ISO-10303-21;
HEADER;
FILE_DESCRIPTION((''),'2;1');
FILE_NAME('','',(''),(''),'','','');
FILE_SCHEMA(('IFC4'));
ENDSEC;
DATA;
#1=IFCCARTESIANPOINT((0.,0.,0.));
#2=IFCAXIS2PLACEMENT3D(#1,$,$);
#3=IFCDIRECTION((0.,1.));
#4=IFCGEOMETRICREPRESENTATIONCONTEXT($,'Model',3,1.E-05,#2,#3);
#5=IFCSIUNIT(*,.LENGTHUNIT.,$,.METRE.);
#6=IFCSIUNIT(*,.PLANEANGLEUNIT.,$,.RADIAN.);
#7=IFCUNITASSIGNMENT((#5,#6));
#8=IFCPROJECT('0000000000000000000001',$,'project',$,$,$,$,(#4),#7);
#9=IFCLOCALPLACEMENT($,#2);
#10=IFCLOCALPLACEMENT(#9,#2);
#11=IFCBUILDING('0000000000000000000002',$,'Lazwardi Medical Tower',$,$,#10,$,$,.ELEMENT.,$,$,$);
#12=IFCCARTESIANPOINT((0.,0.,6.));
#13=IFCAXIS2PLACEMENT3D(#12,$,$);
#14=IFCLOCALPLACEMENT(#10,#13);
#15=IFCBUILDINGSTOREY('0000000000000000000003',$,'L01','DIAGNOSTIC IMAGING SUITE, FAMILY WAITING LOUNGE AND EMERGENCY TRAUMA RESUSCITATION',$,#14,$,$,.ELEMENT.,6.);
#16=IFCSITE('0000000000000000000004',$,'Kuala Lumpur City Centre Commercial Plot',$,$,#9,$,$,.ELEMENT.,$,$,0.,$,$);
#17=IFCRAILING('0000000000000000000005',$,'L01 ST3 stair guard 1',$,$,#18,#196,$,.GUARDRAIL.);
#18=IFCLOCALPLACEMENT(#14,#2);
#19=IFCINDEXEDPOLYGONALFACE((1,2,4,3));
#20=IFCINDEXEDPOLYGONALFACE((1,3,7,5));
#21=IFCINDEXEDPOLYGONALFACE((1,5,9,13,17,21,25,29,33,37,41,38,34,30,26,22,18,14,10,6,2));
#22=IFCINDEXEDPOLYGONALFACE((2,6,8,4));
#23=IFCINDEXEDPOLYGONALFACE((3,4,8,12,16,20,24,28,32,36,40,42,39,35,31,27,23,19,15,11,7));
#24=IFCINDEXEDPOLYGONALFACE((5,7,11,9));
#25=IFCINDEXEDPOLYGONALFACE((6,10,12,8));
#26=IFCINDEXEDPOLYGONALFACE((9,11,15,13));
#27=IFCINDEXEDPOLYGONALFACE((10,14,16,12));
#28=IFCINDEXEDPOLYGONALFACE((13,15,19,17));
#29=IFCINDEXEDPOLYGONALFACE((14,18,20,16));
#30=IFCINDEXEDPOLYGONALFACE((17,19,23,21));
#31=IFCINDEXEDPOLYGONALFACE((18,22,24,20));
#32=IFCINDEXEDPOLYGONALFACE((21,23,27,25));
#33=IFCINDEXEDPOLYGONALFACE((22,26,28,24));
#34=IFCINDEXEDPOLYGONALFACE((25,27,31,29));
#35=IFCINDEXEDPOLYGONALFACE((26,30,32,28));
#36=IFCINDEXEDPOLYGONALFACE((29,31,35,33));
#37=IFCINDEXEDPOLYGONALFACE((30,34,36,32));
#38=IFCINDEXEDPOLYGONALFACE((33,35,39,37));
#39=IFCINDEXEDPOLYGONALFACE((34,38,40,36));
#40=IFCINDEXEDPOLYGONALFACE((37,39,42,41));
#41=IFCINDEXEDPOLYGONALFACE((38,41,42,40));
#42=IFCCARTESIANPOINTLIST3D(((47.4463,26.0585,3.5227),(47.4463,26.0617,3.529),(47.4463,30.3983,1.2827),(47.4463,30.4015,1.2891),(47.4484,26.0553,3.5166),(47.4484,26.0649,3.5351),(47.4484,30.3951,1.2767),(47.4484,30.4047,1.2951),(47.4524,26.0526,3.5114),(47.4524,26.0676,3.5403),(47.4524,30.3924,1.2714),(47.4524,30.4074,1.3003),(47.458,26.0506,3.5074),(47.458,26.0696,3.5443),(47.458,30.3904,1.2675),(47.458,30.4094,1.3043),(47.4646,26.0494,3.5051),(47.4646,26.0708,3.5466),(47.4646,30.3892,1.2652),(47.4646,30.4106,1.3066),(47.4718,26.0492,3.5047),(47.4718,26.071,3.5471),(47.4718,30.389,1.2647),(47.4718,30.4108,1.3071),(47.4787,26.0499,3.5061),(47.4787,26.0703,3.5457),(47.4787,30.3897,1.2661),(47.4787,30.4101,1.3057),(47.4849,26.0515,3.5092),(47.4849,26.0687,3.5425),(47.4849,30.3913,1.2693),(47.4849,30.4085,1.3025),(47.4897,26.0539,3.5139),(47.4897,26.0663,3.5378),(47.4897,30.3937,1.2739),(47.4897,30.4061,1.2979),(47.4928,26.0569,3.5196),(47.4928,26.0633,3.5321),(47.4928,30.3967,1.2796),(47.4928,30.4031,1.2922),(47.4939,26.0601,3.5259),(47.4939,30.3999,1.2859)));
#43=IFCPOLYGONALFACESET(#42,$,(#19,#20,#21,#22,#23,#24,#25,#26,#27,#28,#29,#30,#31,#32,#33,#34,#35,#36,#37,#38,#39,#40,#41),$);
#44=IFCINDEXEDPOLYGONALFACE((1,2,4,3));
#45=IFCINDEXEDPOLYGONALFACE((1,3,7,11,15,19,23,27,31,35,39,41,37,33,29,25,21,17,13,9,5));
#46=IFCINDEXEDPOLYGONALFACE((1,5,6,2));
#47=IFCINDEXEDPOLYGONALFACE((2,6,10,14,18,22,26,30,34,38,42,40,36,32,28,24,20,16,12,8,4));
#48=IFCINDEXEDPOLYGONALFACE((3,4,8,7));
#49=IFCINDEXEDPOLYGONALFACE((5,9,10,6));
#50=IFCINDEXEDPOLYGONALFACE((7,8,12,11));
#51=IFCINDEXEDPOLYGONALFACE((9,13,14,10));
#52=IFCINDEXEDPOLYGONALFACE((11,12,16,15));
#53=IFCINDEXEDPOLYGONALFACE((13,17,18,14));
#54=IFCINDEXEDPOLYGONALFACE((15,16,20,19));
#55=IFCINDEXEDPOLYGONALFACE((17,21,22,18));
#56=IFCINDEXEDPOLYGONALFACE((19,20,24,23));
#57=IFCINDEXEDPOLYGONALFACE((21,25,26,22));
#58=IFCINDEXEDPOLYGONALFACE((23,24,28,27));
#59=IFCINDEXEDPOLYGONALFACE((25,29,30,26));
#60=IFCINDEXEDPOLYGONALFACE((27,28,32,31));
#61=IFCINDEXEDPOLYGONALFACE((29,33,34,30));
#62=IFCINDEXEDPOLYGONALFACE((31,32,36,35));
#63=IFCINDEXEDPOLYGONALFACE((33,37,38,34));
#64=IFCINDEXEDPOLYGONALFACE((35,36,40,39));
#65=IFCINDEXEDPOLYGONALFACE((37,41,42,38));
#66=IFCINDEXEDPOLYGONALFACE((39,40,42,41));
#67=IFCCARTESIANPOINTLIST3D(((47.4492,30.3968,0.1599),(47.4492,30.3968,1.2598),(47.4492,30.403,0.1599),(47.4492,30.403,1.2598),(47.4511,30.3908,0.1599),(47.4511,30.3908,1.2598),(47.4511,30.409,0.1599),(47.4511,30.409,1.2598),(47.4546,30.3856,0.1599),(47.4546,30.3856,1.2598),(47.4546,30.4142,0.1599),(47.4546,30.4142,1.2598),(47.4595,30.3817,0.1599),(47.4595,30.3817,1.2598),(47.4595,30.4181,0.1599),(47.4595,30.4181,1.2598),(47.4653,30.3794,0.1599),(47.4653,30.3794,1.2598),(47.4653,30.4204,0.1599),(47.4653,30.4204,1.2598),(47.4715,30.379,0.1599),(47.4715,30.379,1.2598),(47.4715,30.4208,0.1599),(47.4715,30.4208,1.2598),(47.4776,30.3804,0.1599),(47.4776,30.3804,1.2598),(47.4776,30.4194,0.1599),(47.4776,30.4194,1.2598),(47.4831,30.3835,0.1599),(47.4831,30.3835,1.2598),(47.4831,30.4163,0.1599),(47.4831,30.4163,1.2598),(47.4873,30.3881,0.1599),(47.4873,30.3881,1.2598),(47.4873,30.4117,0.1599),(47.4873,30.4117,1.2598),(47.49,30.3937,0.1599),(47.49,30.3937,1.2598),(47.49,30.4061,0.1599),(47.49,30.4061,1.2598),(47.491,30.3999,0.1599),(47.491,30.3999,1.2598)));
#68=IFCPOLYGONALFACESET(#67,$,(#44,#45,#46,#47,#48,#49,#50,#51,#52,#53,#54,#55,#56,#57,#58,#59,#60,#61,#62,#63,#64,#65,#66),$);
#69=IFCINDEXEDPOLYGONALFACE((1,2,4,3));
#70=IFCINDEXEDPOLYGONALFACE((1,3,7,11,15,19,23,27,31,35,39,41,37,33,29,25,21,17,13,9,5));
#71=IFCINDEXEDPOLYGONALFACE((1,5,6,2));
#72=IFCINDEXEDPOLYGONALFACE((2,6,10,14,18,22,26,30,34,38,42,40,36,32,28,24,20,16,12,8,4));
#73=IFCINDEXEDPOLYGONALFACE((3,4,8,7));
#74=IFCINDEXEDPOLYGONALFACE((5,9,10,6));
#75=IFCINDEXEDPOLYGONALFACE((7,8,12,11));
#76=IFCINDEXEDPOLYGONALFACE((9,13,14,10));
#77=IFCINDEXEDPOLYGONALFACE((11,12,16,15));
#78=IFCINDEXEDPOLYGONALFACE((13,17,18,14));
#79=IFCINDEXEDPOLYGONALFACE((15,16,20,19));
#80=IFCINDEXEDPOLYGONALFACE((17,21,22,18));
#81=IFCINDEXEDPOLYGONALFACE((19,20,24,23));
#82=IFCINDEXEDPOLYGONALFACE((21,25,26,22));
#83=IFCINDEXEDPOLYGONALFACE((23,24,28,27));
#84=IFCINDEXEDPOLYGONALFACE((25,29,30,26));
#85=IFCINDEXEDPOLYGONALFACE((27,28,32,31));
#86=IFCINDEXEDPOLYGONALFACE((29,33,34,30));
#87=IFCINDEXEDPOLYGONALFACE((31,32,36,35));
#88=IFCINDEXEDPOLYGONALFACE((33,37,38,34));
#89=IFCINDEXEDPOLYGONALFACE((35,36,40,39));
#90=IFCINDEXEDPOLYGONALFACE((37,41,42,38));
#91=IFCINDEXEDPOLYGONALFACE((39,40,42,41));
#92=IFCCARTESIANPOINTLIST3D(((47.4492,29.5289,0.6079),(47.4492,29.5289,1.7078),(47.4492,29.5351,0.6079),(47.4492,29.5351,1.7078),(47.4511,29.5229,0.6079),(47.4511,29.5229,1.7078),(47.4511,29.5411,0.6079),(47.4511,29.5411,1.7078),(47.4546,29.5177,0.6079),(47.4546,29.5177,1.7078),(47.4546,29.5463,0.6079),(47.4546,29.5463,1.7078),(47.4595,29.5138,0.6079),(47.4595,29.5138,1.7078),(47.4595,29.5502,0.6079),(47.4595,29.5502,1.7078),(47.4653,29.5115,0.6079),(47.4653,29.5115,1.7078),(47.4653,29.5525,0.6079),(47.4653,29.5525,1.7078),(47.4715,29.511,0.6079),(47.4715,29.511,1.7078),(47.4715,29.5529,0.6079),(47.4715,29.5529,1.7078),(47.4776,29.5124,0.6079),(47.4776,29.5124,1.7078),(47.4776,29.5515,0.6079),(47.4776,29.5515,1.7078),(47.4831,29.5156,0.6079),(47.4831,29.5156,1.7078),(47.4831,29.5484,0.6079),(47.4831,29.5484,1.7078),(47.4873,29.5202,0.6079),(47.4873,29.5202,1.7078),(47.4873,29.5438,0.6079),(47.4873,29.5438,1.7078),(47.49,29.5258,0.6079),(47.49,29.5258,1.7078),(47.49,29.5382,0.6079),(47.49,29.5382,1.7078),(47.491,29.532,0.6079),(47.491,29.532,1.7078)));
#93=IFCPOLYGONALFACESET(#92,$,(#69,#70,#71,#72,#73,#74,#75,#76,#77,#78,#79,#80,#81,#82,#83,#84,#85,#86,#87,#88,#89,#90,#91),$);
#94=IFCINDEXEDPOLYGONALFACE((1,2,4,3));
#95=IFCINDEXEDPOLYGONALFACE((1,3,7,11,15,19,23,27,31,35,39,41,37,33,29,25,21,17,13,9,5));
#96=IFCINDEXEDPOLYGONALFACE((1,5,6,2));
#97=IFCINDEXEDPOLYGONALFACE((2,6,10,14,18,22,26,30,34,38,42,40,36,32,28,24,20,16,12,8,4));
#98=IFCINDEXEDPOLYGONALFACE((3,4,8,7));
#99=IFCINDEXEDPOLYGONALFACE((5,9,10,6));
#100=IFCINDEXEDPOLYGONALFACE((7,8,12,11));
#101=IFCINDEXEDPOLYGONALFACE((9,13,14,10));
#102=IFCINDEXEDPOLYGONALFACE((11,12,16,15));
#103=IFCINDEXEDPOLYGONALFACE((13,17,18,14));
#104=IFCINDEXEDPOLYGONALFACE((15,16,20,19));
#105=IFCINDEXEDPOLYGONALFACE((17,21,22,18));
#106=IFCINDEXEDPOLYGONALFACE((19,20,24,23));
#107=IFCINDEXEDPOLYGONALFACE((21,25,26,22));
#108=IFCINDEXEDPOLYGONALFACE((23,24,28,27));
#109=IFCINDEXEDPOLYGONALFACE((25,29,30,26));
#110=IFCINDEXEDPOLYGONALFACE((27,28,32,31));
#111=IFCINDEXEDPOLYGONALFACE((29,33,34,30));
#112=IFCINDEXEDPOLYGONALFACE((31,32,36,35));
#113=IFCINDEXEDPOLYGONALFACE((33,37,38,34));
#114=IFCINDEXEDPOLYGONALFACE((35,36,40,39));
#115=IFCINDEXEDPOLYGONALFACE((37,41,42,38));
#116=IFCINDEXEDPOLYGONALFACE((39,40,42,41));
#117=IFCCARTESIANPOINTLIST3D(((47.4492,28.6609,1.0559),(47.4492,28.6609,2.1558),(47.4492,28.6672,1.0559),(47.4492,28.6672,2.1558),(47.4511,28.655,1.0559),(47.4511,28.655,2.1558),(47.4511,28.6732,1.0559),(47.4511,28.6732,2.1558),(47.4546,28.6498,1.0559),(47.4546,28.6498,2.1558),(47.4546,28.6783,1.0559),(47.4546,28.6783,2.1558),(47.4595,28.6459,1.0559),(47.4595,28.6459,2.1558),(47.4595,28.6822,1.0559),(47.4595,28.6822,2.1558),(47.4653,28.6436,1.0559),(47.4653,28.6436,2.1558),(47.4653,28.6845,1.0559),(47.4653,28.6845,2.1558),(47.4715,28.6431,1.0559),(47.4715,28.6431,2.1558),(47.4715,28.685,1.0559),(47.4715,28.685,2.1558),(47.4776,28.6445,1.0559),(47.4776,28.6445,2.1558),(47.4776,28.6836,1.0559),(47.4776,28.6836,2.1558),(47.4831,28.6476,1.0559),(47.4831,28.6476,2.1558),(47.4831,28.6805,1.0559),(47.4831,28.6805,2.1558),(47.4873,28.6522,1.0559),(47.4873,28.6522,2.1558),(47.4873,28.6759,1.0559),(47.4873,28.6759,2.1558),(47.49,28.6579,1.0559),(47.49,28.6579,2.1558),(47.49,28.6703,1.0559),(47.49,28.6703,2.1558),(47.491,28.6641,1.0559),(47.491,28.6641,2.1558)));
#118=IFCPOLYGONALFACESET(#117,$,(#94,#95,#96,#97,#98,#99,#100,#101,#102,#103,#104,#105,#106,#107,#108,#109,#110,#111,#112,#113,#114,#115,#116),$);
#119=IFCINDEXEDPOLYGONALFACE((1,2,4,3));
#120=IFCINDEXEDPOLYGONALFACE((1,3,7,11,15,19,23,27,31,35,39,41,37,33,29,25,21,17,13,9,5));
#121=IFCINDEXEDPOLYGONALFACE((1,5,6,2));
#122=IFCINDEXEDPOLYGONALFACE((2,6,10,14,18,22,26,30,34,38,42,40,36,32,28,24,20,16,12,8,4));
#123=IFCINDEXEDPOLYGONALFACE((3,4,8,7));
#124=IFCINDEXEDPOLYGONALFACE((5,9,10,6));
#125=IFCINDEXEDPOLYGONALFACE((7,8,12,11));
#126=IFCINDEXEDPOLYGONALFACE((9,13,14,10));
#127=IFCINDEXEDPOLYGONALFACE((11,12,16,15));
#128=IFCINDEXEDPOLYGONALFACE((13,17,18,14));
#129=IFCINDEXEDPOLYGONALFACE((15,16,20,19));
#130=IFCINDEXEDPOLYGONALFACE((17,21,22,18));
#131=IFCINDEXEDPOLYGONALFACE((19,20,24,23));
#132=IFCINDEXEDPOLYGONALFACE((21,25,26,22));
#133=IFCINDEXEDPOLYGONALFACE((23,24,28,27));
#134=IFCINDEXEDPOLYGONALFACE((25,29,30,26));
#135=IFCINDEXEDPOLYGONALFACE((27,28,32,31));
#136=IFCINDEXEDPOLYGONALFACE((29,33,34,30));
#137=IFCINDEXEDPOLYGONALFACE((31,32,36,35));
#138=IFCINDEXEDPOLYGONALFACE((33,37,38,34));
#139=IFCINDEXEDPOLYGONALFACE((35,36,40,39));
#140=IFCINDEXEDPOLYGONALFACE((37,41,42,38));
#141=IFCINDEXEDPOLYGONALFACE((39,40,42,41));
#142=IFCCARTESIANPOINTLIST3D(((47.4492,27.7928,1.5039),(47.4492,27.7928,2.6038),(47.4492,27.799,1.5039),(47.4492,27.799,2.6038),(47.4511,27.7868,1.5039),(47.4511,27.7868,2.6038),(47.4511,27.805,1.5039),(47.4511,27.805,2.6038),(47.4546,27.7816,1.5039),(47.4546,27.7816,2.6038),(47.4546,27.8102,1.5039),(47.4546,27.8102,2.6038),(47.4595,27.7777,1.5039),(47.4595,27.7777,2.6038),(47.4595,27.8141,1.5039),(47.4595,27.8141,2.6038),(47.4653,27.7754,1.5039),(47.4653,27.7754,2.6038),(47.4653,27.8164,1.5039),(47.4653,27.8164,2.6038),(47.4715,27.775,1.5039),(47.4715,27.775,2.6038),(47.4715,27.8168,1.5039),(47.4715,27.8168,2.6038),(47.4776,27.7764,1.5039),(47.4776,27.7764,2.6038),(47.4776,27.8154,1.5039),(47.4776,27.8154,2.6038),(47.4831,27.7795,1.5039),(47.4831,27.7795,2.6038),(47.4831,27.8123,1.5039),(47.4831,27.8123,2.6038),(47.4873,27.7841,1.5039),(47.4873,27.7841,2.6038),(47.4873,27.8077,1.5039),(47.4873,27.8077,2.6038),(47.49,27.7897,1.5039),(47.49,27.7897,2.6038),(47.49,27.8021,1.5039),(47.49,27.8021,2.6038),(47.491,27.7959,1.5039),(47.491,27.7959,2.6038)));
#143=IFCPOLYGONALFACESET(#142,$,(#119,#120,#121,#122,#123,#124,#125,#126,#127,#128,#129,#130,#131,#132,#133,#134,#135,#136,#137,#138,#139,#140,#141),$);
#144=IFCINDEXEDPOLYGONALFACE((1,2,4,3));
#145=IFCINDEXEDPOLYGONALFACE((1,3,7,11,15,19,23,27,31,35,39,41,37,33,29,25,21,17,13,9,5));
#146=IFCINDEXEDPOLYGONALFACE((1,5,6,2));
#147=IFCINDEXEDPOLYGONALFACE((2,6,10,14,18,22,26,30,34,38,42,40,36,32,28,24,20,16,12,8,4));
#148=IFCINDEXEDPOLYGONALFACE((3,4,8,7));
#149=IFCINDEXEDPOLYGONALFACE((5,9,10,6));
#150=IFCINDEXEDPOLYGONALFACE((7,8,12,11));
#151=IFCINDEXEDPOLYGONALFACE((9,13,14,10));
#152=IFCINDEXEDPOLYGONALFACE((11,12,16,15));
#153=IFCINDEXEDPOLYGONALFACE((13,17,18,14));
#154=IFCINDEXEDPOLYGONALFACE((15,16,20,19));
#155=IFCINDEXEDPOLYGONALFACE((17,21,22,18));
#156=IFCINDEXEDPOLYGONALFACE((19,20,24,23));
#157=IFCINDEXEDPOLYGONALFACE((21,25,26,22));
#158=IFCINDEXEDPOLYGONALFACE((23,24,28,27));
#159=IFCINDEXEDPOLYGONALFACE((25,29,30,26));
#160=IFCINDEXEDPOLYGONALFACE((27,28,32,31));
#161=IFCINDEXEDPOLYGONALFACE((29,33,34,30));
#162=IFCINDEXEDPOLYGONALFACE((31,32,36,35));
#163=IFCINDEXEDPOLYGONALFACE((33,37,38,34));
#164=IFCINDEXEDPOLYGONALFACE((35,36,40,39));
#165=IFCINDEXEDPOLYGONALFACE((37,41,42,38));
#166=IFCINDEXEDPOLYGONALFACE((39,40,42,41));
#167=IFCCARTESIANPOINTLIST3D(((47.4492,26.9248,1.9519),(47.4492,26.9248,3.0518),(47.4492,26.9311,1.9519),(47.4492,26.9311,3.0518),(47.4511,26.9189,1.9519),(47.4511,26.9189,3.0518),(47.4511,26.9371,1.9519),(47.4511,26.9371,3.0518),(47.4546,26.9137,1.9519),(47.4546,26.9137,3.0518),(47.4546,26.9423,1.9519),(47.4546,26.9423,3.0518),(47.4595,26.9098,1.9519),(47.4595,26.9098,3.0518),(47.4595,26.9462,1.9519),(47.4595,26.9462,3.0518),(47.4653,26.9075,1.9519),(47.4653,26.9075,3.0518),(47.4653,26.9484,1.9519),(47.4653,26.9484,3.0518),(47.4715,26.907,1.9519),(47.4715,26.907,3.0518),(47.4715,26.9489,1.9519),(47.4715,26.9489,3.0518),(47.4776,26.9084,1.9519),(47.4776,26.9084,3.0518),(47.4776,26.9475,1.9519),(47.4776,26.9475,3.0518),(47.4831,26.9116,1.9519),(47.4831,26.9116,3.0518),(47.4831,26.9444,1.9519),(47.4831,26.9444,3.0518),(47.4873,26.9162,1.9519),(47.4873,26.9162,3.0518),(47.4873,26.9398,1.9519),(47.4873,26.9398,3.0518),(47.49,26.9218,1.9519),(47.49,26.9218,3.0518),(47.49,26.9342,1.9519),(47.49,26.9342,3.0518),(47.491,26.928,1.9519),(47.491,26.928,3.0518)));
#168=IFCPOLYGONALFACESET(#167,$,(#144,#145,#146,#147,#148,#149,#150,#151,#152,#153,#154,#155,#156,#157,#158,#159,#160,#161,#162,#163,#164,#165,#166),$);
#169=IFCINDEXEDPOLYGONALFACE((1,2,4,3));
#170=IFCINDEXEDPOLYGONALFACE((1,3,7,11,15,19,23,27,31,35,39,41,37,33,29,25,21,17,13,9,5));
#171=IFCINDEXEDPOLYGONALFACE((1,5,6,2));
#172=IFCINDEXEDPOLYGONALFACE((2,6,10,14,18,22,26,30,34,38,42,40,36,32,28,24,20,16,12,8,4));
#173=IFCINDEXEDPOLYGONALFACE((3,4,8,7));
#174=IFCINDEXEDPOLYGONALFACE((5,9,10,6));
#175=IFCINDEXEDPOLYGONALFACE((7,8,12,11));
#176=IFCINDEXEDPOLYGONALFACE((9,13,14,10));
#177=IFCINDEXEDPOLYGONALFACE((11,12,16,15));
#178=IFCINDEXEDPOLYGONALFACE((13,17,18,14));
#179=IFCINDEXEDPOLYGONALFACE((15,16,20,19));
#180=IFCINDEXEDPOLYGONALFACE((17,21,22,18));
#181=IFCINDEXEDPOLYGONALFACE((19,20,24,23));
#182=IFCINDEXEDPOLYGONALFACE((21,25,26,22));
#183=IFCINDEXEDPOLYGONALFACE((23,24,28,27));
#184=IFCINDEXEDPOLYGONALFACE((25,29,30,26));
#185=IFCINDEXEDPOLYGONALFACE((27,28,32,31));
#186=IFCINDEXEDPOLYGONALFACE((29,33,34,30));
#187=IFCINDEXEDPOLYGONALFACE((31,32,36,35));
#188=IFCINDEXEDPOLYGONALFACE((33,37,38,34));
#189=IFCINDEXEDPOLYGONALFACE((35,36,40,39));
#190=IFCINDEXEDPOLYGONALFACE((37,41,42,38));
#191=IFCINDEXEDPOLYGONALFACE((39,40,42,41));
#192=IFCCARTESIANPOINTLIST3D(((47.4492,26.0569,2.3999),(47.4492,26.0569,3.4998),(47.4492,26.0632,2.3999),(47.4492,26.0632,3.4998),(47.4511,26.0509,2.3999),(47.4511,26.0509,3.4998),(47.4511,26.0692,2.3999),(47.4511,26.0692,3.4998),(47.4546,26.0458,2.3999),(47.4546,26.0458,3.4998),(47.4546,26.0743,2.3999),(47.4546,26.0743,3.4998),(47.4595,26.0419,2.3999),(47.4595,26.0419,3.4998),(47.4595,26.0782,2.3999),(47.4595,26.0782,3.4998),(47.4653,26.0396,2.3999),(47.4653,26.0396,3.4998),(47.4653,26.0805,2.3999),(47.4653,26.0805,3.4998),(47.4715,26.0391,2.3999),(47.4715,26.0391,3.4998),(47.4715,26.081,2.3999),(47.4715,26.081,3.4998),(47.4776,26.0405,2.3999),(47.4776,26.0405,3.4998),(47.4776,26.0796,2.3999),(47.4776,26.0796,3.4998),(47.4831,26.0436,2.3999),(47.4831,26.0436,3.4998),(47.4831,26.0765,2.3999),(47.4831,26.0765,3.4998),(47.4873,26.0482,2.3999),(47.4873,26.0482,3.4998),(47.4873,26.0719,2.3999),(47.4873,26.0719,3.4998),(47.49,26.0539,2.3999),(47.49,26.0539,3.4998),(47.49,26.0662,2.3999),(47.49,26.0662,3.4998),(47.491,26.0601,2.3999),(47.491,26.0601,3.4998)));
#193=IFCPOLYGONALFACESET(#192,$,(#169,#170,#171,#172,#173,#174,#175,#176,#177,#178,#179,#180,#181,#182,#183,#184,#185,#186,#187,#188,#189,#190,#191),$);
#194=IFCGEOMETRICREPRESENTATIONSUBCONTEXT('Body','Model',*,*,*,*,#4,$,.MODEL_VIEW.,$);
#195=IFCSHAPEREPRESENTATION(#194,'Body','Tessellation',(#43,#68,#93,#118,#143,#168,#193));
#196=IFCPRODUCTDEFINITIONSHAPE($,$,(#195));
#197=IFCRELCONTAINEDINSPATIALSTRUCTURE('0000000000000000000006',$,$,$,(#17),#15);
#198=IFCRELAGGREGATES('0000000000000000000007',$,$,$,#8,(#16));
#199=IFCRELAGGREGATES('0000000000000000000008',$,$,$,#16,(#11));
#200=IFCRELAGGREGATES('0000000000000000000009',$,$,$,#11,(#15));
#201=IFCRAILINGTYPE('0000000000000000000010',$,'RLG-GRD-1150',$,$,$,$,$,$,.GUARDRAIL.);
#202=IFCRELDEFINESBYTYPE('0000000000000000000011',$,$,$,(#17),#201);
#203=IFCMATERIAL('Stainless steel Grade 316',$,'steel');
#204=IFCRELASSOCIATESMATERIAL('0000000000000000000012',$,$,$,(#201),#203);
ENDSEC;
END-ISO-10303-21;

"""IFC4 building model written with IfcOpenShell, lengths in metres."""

from ifc_helpers import new_model, si_unit, direction, frame, origin, origin_2d, place, context, subcontext, project, spatial, circle, extrude, material, type_object, element, save


model = new_model("IFC4")

# Units and contexts
model_context = context("Model", 3, precision=1e-05, world=origin(), true_north=direction((0.0, 1.0)))
body_context = subcontext(model_context, "Body", "Model", "MODEL_VIEW")
ifc_project = project(units=[si_unit("LENGTHUNIT", "METRE"), si_unit("PLANEANGLEUNIT", "RADIAN")], contexts=[model_context])

# Site, building, storey
site_placement = place(None, origin())
site = spatial("IfcSite", under=ifc_project, at=site_placement, Name="Kuala Lumpur City Centre Commercial Plot", CompositionType="ELEMENT", RefElevation=0.0)
building_placement = place(site_placement, origin())
building = spatial("IfcBuilding", under=site, at=building_placement, Name="Lazwardi Medical Tower", CompositionType="ELEMENT")
storey_placement = place(building_placement, frame((0.0, 0.0, 6.0)))
storey = spatial("IfcBuildingStorey", under=building, at=storey_placement, Name="L01", Description="DIAGNOSTIC IMAGING SUITE, FAMILY WAITING LOUNGE AND EMERGENCY TRAUMA RESUSCITATION", CompositionType="ELEMENT", Elevation=6.0)

# Railing
ifc_material_1 = material(Name="Stainless steel Grade 316", Category="steel")
railing_type_1 = type_object("IfcRailingType", Name="RLG-GRD-1150", PredefinedType="GUARDRAIL", material=ifc_material_1)
railing_1_placement = place(storey_placement, frame((47.47, 30.3999, 0.1599)))
element("IfcRailing", 1, at=railing_1_placement, inside=storey, type_object=railing_type_1, Name="L01 ST3 stair guard 1", PredefinedType="GUARDRAIL", context=body_context, shape_type="SweptSolid", body=[
    extrude(circle(Radius=0.0239, at=origin_2d()), frame((0.0, 0.0, 1.126), z_axis=(0.0, -0.888615, 0.458654), x_axis=(1.0, 0.0, 0.0)), (0.0, 0.0, 1.0), 4.8838),
    extrude(circle(Radius=0.021, at=origin_2d()), origin(), (0.0, 0.0, 1.0), 1.0999),
    extrude(circle(Radius=0.021, at=origin_2d()), frame((0.0, -0.8679, 0.448)), (0.0, 0.0, 1.0), 1.0999),
    extrude(circle(Radius=0.021, at=origin_2d()), frame((0.0, -1.7358, 0.896)), (0.0, 0.0, 1.0), 1.0999),
    extrude(circle(Radius=0.021, at=origin_2d()), frame((0.0, -2.604, 1.344)), (0.0, 0.0, 1.0), 1.0999),
    extrude(circle(Radius=0.021, at=origin_2d()), frame((0.0, -3.4719, 1.792)), (0.0, 0.0, 1.0), 1.0999),
    extrude(circle(Radius=0.021, at=origin_2d()), frame((0.0, -4.3398, 2.24)), (0.0, 0.0, 1.0), 1.0999),
])

save(model, "model.ifc")
